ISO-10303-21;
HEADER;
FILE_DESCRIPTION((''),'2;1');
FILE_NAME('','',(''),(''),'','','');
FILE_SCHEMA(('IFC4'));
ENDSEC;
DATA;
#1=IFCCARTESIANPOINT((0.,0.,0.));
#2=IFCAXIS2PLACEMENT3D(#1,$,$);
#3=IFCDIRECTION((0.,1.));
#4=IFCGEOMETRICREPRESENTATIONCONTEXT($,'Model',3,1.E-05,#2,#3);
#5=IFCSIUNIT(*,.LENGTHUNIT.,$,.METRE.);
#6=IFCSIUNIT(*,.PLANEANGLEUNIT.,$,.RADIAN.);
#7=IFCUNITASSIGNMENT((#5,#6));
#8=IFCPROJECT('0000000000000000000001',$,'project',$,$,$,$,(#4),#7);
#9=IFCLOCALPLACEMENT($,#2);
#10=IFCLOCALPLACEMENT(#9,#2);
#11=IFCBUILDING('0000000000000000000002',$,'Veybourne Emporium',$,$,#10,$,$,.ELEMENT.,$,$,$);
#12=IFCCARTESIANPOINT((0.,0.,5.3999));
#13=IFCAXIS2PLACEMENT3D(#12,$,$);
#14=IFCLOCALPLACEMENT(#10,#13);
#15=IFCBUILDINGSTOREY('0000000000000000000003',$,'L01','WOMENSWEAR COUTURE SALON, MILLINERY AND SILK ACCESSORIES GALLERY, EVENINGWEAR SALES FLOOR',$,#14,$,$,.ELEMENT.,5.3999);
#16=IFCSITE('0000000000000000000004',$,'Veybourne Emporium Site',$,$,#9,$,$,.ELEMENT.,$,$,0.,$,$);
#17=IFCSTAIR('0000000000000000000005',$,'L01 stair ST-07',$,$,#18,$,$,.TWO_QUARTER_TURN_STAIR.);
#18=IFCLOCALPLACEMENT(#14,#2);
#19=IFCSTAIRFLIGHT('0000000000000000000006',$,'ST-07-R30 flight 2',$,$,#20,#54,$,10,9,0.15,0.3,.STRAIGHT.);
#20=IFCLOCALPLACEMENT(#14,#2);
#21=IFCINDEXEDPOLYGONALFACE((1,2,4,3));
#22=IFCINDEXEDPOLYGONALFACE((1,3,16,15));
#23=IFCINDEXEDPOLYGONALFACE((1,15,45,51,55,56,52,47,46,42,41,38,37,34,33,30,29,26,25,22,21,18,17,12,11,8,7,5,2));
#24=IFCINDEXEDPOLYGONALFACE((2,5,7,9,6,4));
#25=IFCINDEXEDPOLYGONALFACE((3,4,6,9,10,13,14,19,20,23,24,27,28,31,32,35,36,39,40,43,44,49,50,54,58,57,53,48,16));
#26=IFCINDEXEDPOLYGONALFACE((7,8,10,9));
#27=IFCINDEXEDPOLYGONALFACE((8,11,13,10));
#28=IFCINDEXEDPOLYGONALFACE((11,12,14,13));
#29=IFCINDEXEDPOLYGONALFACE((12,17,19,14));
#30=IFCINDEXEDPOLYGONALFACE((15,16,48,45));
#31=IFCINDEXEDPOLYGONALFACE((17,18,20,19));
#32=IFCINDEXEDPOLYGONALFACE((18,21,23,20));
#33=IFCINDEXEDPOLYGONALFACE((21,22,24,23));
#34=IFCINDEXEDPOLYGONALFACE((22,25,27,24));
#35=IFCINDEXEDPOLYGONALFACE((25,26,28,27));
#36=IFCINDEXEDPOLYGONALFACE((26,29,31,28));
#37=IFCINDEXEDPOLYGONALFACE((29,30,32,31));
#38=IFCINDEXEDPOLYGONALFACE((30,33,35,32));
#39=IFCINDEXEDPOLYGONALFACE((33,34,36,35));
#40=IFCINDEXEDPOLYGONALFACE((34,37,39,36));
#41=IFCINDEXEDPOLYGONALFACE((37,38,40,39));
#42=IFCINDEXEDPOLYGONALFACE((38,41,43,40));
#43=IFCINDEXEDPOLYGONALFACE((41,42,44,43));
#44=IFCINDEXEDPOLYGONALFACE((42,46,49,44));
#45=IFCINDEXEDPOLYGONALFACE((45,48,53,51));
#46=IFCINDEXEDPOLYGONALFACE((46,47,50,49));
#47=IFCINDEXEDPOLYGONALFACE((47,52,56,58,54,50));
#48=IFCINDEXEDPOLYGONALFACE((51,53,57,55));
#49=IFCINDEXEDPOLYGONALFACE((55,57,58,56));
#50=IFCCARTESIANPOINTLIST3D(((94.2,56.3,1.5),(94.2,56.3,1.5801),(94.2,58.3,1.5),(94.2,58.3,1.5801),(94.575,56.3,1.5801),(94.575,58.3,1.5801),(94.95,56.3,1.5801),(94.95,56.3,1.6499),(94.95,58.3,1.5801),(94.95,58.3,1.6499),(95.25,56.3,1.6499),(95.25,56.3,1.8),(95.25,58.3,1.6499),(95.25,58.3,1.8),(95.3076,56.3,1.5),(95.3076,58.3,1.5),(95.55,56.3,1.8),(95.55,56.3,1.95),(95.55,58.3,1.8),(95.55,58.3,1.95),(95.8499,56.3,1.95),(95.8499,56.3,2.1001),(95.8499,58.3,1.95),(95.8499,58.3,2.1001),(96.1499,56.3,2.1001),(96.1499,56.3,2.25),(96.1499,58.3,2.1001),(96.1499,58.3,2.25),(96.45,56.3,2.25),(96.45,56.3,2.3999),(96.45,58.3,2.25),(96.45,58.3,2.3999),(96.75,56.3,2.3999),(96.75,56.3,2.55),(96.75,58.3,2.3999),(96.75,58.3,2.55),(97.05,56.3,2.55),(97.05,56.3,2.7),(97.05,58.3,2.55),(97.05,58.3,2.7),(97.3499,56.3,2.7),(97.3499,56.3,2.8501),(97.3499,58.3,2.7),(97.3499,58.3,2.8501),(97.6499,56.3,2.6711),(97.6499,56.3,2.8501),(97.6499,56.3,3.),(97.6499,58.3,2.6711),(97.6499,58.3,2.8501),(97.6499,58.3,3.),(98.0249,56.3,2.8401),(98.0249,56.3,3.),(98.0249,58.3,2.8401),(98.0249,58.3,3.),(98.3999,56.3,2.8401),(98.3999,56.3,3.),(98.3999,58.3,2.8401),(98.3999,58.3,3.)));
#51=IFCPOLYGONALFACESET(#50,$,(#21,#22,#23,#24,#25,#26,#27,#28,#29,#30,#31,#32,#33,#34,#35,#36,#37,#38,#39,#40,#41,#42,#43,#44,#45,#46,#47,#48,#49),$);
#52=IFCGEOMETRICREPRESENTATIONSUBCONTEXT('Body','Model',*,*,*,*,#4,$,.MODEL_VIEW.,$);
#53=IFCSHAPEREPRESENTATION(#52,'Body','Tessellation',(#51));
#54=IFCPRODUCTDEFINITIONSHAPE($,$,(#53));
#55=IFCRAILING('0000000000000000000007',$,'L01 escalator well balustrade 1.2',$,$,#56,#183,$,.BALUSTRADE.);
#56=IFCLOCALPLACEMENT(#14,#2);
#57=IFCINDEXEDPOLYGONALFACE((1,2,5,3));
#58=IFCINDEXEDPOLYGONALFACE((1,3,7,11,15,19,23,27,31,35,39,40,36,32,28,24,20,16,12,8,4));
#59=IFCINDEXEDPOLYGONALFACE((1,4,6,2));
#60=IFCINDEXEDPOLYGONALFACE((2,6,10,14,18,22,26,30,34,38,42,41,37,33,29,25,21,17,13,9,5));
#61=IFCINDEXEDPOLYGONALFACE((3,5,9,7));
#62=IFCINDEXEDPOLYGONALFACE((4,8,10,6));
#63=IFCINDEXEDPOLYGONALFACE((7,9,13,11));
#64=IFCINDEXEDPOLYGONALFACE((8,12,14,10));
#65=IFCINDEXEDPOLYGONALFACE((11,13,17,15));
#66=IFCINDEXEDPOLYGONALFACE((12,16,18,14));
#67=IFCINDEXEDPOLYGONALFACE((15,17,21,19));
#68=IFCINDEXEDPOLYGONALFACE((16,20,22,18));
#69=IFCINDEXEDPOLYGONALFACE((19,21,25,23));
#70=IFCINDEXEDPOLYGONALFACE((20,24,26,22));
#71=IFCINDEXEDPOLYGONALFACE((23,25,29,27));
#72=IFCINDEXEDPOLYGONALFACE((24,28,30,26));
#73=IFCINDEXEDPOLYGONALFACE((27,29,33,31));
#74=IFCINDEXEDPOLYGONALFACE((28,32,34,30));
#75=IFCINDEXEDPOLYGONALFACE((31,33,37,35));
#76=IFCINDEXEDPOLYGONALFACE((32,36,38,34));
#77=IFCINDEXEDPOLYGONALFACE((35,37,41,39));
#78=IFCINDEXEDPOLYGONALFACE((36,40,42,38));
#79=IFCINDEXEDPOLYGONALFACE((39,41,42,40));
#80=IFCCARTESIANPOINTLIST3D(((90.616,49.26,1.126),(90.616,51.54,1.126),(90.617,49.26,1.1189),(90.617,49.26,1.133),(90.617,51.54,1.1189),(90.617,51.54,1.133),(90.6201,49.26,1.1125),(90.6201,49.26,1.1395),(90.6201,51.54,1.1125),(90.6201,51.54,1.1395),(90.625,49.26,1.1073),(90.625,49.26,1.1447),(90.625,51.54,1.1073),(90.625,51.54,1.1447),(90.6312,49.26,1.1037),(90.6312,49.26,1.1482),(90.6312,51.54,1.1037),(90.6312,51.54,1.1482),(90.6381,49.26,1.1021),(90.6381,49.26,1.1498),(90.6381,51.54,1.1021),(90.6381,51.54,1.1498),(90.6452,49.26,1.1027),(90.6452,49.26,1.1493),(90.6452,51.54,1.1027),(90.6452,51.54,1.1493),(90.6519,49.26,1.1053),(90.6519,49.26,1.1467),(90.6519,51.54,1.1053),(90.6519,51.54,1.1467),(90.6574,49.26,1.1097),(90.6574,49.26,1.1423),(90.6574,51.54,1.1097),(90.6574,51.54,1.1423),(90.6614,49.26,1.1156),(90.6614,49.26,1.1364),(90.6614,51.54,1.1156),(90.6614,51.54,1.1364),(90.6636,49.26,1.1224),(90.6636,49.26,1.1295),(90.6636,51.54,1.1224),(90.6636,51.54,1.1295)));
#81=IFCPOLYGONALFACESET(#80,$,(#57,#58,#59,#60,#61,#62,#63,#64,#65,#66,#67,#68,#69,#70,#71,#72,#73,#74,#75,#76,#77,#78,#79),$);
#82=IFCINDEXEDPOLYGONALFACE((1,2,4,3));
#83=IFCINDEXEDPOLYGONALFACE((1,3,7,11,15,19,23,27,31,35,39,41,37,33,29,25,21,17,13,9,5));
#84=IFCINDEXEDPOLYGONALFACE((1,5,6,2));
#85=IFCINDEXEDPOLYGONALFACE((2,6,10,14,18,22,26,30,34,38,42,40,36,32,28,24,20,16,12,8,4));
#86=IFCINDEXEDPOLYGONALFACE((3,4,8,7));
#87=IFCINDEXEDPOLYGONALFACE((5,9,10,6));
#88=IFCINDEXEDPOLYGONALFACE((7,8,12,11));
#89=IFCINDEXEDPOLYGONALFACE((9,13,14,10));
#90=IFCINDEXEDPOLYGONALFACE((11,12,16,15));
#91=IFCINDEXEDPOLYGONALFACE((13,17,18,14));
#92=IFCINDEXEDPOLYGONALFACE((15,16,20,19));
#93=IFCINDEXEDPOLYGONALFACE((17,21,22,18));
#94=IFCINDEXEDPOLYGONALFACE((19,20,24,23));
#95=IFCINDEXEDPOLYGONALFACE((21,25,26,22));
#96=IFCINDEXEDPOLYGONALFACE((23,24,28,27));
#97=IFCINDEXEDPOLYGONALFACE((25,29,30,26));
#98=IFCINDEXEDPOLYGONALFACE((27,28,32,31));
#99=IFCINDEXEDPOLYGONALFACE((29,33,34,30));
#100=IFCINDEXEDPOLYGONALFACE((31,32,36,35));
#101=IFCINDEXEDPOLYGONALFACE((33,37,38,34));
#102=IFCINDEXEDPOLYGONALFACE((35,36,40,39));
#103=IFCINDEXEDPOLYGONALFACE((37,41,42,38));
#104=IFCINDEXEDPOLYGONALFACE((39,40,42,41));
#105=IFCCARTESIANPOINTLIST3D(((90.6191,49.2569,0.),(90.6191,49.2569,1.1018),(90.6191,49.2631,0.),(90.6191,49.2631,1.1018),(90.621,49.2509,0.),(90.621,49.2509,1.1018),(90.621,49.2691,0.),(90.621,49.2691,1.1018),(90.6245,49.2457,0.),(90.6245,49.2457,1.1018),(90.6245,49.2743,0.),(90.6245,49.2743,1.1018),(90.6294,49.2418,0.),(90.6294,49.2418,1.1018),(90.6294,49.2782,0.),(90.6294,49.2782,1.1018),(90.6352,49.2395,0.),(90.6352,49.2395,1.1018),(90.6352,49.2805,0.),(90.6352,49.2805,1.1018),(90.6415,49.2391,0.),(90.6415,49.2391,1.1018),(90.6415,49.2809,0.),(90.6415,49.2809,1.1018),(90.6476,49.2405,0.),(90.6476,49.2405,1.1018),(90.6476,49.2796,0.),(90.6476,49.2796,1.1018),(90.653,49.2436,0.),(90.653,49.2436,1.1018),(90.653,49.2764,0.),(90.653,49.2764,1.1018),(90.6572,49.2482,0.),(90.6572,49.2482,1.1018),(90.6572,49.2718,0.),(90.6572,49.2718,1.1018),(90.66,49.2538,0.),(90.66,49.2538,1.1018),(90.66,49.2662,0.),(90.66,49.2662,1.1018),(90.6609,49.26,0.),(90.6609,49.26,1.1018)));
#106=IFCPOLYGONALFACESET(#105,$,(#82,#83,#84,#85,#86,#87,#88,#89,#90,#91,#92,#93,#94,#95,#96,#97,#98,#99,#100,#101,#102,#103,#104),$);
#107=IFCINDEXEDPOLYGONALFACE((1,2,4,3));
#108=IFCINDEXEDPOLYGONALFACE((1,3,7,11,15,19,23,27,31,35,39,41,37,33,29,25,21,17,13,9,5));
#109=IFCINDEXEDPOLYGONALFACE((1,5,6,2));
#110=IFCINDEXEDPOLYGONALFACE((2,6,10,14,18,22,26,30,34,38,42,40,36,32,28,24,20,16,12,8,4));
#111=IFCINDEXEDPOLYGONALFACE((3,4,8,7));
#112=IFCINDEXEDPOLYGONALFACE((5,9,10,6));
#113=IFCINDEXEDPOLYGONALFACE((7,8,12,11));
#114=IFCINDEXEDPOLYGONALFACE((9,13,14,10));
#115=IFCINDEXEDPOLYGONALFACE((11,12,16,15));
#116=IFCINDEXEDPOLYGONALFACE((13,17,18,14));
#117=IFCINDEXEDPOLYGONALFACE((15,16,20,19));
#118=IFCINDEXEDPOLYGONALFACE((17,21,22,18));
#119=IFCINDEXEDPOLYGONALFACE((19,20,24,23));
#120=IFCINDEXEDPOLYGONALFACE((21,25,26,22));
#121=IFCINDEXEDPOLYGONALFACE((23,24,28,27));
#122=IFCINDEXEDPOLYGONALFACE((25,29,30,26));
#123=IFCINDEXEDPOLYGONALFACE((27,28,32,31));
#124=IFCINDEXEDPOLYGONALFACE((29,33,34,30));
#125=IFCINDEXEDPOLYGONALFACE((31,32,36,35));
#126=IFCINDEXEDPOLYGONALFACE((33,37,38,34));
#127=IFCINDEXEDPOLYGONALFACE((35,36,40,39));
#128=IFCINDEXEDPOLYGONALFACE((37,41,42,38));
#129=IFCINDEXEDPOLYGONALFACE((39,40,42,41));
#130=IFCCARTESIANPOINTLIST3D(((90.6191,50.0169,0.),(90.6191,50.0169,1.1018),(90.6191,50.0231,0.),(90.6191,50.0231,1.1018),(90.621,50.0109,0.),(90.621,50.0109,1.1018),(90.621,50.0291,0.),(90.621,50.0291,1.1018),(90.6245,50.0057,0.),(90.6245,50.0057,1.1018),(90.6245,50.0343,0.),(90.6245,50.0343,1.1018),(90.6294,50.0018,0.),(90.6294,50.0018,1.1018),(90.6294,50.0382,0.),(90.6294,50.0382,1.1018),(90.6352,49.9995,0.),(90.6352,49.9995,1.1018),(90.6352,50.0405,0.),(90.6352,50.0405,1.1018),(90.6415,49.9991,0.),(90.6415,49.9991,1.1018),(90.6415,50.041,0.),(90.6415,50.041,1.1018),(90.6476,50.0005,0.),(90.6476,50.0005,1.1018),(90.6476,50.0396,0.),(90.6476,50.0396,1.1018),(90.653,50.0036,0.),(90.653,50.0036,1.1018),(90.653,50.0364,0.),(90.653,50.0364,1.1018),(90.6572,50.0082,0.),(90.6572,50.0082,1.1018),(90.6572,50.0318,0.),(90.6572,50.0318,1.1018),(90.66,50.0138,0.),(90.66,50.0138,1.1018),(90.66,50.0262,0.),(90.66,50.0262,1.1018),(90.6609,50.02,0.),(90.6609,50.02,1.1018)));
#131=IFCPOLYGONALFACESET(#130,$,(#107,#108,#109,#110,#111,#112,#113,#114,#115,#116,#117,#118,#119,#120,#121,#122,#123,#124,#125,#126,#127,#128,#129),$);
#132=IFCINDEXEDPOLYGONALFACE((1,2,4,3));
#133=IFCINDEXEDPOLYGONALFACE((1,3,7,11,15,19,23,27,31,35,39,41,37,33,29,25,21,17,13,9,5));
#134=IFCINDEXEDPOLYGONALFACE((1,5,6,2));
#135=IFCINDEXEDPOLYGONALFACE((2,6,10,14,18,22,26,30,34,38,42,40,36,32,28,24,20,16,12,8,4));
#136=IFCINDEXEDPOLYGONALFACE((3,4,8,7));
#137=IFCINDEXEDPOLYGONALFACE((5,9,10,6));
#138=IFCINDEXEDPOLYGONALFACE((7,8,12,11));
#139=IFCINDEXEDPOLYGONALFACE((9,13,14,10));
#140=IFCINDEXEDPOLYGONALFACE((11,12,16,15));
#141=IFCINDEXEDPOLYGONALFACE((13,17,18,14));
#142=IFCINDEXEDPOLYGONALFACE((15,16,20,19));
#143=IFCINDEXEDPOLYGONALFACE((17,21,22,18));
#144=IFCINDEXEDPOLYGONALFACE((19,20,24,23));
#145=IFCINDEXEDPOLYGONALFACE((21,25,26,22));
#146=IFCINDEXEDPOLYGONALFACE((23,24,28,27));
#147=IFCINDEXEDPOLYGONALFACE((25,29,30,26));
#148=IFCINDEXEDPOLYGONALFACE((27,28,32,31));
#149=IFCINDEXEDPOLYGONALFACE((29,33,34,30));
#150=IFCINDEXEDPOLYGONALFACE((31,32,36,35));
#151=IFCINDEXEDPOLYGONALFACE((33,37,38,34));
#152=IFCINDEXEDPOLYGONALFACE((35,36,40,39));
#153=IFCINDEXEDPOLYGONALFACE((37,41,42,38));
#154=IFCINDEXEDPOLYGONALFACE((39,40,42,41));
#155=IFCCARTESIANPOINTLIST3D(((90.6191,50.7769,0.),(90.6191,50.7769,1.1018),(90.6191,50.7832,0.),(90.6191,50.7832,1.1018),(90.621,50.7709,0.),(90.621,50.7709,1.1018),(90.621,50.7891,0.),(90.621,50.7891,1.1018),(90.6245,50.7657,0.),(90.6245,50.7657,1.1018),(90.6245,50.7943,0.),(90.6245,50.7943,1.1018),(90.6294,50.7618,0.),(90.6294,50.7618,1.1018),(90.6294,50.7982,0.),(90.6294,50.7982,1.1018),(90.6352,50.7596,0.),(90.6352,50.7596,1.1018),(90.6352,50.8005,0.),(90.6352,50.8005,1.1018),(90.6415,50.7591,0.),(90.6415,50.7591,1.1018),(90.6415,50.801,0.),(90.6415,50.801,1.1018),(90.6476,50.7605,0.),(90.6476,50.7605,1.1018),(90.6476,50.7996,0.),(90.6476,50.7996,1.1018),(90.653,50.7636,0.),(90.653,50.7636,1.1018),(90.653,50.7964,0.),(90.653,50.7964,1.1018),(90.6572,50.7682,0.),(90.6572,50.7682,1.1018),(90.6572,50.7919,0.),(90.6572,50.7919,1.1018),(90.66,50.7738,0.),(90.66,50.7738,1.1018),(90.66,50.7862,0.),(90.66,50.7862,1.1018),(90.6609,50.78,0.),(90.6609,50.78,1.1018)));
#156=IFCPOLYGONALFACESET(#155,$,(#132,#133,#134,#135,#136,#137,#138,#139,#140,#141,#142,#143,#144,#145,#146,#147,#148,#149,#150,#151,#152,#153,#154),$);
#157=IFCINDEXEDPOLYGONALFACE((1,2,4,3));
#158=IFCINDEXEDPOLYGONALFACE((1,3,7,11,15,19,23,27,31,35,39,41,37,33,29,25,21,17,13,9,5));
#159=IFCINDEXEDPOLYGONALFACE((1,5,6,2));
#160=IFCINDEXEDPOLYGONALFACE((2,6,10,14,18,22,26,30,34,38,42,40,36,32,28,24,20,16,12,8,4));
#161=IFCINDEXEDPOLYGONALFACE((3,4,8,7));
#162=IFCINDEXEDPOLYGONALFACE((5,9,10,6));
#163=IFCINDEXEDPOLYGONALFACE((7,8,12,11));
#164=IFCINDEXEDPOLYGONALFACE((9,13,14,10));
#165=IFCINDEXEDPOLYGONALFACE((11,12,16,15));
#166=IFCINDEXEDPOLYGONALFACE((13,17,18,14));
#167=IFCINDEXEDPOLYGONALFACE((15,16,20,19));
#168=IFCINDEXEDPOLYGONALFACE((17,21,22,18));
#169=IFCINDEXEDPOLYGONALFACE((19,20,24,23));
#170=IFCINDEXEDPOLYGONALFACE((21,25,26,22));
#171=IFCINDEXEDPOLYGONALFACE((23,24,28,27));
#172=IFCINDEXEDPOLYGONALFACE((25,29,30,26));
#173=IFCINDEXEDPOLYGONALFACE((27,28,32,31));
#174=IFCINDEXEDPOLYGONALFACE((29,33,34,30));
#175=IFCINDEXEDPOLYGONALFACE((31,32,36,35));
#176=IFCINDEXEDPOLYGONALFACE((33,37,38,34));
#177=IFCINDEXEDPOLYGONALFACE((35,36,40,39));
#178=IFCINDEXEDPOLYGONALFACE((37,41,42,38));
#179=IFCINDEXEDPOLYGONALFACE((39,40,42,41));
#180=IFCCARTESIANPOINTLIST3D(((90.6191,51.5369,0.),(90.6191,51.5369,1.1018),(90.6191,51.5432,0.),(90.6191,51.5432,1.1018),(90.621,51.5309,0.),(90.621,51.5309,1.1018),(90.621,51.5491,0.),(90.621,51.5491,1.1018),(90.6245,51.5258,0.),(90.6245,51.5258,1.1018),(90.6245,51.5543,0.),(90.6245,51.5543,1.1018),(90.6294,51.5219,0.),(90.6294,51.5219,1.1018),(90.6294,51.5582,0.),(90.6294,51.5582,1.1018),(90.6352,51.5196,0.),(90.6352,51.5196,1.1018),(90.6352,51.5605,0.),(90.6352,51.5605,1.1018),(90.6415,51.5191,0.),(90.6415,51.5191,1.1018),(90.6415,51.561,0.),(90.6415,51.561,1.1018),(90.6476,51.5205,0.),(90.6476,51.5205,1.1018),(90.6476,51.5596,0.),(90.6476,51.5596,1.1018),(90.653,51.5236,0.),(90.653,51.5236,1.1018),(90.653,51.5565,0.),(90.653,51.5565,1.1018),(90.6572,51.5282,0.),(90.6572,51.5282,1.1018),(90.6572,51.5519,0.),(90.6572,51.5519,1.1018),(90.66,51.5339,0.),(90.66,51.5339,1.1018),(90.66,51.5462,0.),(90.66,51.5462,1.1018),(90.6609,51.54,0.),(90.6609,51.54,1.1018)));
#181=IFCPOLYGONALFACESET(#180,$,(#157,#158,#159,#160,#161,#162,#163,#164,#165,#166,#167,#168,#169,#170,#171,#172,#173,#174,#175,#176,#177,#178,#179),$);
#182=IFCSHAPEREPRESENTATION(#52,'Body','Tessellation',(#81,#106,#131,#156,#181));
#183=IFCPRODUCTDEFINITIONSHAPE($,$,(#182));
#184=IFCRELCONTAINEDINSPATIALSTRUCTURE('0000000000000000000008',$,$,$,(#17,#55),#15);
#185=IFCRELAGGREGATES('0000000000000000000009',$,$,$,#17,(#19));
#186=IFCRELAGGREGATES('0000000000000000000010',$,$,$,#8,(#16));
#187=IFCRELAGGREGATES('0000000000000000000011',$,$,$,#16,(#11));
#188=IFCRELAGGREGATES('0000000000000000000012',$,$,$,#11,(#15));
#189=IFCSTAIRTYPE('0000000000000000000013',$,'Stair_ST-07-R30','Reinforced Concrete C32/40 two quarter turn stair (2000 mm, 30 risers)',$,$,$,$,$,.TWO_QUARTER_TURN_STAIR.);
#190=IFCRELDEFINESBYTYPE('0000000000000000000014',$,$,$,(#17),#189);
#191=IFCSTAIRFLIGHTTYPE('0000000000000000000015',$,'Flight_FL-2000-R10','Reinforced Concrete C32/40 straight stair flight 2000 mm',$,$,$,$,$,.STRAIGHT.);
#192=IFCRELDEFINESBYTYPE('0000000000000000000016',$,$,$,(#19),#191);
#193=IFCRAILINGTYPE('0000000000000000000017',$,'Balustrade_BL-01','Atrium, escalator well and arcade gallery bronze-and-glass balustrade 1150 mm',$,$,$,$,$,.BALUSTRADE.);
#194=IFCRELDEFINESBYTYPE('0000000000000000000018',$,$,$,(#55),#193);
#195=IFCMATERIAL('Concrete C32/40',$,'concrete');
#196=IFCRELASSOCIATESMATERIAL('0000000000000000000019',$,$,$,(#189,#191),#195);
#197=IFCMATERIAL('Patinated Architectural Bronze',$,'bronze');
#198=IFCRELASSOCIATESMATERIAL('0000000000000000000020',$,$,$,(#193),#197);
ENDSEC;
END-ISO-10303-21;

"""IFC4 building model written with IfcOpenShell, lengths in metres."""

from ifc_helpers import new_model, si_unit, direction, frame, origin, origin_2d, place, context, subcontext, project, spatial, polyline, circle, outline, extrude, material, type_object, element, aggregate, save


model = new_model("IFC4")

# Units and contexts
model_context = context("Model", 3, precision=1e-05, world=origin(), true_north=direction((0.0, 1.0)))
body_context = subcontext(model_context, "Body", "Model", "MODEL_VIEW")
ifc_project = project(units=[si_unit("LENGTHUNIT", "METRE"), si_unit("PLANEANGLEUNIT", "RADIAN")], contexts=[model_context])

# Site, building, storey
site_placement = place(None, origin())
site = spatial("IfcSite", under=ifc_project, at=site_placement, Name="Veybourne Emporium Site", CompositionType="ELEMENT", RefElevation=0.0)
building_placement = place(site_placement, origin())
building = spatial("IfcBuilding", under=site, at=building_placement, Name="Veybourne Emporium", CompositionType="ELEMENT")
storey_placement = place(building_placement, frame((0.0, 0.0, 5.3999)))
storey = spatial("IfcBuildingStorey", under=building, at=storey_placement, Name="L01", Description="WOMENSWEAR COUTURE SALON, MILLINERY AND SILK ACCESSORIES GALLERY, EVENINGWEAR SALES FLOOR", CompositionType="ELEMENT", Elevation=5.3999)

# Shared definitions
ifc_material_1 = material(Name="Patinated Architectural Bronze", Category="bronze")

# Shared definitions
ifc_material_2 = material(Name="Concrete C32/40", Category="concrete")

# Stair, stair flight
stair_type = type_object("IfcStairType", Name="Stair_ST-07-R30", Description="Reinforced Concrete C32/40 two quarter turn stair (2000 mm, 30 risers)", PredefinedType="TWO_QUARTER_TURN_STAIR", material=ifc_material_2)
stair_placement = place(storey_placement, origin())
stair = element("IfcStair", 1, at=stair_placement, inside=storey, type_object=stair_type, Name="L01 stair ST-07", PredefinedType="TWO_QUARTER_TURN_STAIR")
stair_flight_type = type_object("IfcStairFlightType", Name="Flight_FL-2000-R10", Description="Reinforced Concrete C32/40 straight stair flight 2000 mm", PredefinedType="STRAIGHT", material=ifc_material_2)
stair_flight_1_placement = place(storey_placement, frame((94.95, 57.3, 1.5), z_axis=(0.0, 0.0, 1.0), x_axis=(1.0, 0.0, 0.0)))
stair_flight_1 = element("IfcStairFlight", 2, at=stair_flight_1_placement, type_object=stair_flight_type, Name="ST-07-R30 flight 2", NumberOfRisers=10, NumberOfTreads=9, PredefinedType="STRAIGHT", RiserHeight=0.15, TreadLength=0.3, context=body_context, shape_type="SweptSolid", body=[
    extrude(outline(polyline([(-0.75, 0.0), (-0.75, 0.0801), (-0.375, 0.0801), (0.0, 0.0801), (0.0, 0.1499), (0.3, 0.1499), (0.3, 0.3), (0.6001, 0.3), (0.6001, 0.45), (0.8999, 0.45), (0.8999, 0.6001), (1.2, 0.6001), (1.2, 0.75), (1.5, 0.75), (1.5, 0.8999), (1.8, 0.8999), (1.8, 1.05), (2.1001, 1.05), (2.1001, 1.2), (2.3999, 1.2), (2.3999, 1.3501), (2.7, 1.3501), (2.7, 1.5), (3.075, 1.5), (3.45, 1.5), (3.45, 1.3401), (3.075, 1.3401), (2.7, 1.1711), (0.3577, 0.0), (-0.75, 0.0)])), frame((0.0, 1.0, 0.0), z_axis=(0.0, -1.0, 0.0), x_axis=(1.0, 0.0, 0.0)), (0.0, 0.0, 1.0), 2.0),
])
aggregate(stair, [stair_flight_1])

# Railing
railing_type_1 = type_object("IfcRailingType", Name="Balustrade_BL-01", Description="Atrium, escalator well and arcade gallery bronze-and-glass balustrade 1150 mm", PredefinedType="BALUSTRADE", material=ifc_material_1)
railing_1_placement = place(storey_placement, frame((90.6399, 49.26, 0.0)))
element("IfcRailing", 3, at=railing_1_placement, inside=storey, type_object=railing_type_1, Name="L01 escalator well balustrade 1.2", PredefinedType="BALUSTRADE", context=body_context, shape_type="SweptSolid", body=[
    extrude(circle(Radius=0.0239, at=origin_2d()), frame((0.0, 0.0, 1.126), z_axis=(0.0, 1.0, 0.0), x_axis=(-1.0, 0.0, 0.0)), (0.0, 0.0, 1.0), 2.28),
    extrude(circle(Radius=0.021, at=origin_2d()), origin(), (0.0, 0.0, 1.0), 1.1018),
    extrude(circle(Radius=0.021, at=origin_2d()), frame((0.0, 0.76, 0.0)), (0.0, 0.0, 1.0), 1.1018),
    extrude(circle(Radius=0.021, at=origin_2d()), frame((0.0, 1.52, 0.0)), (0.0, 0.0, 1.0), 1.1018),
    extrude(circle(Radius=0.021, at=origin_2d()), frame((0.0, 2.28, 0.0)), (0.0, 0.0, 1.0), 1.1018),
])

save(model, "model.ifc")
